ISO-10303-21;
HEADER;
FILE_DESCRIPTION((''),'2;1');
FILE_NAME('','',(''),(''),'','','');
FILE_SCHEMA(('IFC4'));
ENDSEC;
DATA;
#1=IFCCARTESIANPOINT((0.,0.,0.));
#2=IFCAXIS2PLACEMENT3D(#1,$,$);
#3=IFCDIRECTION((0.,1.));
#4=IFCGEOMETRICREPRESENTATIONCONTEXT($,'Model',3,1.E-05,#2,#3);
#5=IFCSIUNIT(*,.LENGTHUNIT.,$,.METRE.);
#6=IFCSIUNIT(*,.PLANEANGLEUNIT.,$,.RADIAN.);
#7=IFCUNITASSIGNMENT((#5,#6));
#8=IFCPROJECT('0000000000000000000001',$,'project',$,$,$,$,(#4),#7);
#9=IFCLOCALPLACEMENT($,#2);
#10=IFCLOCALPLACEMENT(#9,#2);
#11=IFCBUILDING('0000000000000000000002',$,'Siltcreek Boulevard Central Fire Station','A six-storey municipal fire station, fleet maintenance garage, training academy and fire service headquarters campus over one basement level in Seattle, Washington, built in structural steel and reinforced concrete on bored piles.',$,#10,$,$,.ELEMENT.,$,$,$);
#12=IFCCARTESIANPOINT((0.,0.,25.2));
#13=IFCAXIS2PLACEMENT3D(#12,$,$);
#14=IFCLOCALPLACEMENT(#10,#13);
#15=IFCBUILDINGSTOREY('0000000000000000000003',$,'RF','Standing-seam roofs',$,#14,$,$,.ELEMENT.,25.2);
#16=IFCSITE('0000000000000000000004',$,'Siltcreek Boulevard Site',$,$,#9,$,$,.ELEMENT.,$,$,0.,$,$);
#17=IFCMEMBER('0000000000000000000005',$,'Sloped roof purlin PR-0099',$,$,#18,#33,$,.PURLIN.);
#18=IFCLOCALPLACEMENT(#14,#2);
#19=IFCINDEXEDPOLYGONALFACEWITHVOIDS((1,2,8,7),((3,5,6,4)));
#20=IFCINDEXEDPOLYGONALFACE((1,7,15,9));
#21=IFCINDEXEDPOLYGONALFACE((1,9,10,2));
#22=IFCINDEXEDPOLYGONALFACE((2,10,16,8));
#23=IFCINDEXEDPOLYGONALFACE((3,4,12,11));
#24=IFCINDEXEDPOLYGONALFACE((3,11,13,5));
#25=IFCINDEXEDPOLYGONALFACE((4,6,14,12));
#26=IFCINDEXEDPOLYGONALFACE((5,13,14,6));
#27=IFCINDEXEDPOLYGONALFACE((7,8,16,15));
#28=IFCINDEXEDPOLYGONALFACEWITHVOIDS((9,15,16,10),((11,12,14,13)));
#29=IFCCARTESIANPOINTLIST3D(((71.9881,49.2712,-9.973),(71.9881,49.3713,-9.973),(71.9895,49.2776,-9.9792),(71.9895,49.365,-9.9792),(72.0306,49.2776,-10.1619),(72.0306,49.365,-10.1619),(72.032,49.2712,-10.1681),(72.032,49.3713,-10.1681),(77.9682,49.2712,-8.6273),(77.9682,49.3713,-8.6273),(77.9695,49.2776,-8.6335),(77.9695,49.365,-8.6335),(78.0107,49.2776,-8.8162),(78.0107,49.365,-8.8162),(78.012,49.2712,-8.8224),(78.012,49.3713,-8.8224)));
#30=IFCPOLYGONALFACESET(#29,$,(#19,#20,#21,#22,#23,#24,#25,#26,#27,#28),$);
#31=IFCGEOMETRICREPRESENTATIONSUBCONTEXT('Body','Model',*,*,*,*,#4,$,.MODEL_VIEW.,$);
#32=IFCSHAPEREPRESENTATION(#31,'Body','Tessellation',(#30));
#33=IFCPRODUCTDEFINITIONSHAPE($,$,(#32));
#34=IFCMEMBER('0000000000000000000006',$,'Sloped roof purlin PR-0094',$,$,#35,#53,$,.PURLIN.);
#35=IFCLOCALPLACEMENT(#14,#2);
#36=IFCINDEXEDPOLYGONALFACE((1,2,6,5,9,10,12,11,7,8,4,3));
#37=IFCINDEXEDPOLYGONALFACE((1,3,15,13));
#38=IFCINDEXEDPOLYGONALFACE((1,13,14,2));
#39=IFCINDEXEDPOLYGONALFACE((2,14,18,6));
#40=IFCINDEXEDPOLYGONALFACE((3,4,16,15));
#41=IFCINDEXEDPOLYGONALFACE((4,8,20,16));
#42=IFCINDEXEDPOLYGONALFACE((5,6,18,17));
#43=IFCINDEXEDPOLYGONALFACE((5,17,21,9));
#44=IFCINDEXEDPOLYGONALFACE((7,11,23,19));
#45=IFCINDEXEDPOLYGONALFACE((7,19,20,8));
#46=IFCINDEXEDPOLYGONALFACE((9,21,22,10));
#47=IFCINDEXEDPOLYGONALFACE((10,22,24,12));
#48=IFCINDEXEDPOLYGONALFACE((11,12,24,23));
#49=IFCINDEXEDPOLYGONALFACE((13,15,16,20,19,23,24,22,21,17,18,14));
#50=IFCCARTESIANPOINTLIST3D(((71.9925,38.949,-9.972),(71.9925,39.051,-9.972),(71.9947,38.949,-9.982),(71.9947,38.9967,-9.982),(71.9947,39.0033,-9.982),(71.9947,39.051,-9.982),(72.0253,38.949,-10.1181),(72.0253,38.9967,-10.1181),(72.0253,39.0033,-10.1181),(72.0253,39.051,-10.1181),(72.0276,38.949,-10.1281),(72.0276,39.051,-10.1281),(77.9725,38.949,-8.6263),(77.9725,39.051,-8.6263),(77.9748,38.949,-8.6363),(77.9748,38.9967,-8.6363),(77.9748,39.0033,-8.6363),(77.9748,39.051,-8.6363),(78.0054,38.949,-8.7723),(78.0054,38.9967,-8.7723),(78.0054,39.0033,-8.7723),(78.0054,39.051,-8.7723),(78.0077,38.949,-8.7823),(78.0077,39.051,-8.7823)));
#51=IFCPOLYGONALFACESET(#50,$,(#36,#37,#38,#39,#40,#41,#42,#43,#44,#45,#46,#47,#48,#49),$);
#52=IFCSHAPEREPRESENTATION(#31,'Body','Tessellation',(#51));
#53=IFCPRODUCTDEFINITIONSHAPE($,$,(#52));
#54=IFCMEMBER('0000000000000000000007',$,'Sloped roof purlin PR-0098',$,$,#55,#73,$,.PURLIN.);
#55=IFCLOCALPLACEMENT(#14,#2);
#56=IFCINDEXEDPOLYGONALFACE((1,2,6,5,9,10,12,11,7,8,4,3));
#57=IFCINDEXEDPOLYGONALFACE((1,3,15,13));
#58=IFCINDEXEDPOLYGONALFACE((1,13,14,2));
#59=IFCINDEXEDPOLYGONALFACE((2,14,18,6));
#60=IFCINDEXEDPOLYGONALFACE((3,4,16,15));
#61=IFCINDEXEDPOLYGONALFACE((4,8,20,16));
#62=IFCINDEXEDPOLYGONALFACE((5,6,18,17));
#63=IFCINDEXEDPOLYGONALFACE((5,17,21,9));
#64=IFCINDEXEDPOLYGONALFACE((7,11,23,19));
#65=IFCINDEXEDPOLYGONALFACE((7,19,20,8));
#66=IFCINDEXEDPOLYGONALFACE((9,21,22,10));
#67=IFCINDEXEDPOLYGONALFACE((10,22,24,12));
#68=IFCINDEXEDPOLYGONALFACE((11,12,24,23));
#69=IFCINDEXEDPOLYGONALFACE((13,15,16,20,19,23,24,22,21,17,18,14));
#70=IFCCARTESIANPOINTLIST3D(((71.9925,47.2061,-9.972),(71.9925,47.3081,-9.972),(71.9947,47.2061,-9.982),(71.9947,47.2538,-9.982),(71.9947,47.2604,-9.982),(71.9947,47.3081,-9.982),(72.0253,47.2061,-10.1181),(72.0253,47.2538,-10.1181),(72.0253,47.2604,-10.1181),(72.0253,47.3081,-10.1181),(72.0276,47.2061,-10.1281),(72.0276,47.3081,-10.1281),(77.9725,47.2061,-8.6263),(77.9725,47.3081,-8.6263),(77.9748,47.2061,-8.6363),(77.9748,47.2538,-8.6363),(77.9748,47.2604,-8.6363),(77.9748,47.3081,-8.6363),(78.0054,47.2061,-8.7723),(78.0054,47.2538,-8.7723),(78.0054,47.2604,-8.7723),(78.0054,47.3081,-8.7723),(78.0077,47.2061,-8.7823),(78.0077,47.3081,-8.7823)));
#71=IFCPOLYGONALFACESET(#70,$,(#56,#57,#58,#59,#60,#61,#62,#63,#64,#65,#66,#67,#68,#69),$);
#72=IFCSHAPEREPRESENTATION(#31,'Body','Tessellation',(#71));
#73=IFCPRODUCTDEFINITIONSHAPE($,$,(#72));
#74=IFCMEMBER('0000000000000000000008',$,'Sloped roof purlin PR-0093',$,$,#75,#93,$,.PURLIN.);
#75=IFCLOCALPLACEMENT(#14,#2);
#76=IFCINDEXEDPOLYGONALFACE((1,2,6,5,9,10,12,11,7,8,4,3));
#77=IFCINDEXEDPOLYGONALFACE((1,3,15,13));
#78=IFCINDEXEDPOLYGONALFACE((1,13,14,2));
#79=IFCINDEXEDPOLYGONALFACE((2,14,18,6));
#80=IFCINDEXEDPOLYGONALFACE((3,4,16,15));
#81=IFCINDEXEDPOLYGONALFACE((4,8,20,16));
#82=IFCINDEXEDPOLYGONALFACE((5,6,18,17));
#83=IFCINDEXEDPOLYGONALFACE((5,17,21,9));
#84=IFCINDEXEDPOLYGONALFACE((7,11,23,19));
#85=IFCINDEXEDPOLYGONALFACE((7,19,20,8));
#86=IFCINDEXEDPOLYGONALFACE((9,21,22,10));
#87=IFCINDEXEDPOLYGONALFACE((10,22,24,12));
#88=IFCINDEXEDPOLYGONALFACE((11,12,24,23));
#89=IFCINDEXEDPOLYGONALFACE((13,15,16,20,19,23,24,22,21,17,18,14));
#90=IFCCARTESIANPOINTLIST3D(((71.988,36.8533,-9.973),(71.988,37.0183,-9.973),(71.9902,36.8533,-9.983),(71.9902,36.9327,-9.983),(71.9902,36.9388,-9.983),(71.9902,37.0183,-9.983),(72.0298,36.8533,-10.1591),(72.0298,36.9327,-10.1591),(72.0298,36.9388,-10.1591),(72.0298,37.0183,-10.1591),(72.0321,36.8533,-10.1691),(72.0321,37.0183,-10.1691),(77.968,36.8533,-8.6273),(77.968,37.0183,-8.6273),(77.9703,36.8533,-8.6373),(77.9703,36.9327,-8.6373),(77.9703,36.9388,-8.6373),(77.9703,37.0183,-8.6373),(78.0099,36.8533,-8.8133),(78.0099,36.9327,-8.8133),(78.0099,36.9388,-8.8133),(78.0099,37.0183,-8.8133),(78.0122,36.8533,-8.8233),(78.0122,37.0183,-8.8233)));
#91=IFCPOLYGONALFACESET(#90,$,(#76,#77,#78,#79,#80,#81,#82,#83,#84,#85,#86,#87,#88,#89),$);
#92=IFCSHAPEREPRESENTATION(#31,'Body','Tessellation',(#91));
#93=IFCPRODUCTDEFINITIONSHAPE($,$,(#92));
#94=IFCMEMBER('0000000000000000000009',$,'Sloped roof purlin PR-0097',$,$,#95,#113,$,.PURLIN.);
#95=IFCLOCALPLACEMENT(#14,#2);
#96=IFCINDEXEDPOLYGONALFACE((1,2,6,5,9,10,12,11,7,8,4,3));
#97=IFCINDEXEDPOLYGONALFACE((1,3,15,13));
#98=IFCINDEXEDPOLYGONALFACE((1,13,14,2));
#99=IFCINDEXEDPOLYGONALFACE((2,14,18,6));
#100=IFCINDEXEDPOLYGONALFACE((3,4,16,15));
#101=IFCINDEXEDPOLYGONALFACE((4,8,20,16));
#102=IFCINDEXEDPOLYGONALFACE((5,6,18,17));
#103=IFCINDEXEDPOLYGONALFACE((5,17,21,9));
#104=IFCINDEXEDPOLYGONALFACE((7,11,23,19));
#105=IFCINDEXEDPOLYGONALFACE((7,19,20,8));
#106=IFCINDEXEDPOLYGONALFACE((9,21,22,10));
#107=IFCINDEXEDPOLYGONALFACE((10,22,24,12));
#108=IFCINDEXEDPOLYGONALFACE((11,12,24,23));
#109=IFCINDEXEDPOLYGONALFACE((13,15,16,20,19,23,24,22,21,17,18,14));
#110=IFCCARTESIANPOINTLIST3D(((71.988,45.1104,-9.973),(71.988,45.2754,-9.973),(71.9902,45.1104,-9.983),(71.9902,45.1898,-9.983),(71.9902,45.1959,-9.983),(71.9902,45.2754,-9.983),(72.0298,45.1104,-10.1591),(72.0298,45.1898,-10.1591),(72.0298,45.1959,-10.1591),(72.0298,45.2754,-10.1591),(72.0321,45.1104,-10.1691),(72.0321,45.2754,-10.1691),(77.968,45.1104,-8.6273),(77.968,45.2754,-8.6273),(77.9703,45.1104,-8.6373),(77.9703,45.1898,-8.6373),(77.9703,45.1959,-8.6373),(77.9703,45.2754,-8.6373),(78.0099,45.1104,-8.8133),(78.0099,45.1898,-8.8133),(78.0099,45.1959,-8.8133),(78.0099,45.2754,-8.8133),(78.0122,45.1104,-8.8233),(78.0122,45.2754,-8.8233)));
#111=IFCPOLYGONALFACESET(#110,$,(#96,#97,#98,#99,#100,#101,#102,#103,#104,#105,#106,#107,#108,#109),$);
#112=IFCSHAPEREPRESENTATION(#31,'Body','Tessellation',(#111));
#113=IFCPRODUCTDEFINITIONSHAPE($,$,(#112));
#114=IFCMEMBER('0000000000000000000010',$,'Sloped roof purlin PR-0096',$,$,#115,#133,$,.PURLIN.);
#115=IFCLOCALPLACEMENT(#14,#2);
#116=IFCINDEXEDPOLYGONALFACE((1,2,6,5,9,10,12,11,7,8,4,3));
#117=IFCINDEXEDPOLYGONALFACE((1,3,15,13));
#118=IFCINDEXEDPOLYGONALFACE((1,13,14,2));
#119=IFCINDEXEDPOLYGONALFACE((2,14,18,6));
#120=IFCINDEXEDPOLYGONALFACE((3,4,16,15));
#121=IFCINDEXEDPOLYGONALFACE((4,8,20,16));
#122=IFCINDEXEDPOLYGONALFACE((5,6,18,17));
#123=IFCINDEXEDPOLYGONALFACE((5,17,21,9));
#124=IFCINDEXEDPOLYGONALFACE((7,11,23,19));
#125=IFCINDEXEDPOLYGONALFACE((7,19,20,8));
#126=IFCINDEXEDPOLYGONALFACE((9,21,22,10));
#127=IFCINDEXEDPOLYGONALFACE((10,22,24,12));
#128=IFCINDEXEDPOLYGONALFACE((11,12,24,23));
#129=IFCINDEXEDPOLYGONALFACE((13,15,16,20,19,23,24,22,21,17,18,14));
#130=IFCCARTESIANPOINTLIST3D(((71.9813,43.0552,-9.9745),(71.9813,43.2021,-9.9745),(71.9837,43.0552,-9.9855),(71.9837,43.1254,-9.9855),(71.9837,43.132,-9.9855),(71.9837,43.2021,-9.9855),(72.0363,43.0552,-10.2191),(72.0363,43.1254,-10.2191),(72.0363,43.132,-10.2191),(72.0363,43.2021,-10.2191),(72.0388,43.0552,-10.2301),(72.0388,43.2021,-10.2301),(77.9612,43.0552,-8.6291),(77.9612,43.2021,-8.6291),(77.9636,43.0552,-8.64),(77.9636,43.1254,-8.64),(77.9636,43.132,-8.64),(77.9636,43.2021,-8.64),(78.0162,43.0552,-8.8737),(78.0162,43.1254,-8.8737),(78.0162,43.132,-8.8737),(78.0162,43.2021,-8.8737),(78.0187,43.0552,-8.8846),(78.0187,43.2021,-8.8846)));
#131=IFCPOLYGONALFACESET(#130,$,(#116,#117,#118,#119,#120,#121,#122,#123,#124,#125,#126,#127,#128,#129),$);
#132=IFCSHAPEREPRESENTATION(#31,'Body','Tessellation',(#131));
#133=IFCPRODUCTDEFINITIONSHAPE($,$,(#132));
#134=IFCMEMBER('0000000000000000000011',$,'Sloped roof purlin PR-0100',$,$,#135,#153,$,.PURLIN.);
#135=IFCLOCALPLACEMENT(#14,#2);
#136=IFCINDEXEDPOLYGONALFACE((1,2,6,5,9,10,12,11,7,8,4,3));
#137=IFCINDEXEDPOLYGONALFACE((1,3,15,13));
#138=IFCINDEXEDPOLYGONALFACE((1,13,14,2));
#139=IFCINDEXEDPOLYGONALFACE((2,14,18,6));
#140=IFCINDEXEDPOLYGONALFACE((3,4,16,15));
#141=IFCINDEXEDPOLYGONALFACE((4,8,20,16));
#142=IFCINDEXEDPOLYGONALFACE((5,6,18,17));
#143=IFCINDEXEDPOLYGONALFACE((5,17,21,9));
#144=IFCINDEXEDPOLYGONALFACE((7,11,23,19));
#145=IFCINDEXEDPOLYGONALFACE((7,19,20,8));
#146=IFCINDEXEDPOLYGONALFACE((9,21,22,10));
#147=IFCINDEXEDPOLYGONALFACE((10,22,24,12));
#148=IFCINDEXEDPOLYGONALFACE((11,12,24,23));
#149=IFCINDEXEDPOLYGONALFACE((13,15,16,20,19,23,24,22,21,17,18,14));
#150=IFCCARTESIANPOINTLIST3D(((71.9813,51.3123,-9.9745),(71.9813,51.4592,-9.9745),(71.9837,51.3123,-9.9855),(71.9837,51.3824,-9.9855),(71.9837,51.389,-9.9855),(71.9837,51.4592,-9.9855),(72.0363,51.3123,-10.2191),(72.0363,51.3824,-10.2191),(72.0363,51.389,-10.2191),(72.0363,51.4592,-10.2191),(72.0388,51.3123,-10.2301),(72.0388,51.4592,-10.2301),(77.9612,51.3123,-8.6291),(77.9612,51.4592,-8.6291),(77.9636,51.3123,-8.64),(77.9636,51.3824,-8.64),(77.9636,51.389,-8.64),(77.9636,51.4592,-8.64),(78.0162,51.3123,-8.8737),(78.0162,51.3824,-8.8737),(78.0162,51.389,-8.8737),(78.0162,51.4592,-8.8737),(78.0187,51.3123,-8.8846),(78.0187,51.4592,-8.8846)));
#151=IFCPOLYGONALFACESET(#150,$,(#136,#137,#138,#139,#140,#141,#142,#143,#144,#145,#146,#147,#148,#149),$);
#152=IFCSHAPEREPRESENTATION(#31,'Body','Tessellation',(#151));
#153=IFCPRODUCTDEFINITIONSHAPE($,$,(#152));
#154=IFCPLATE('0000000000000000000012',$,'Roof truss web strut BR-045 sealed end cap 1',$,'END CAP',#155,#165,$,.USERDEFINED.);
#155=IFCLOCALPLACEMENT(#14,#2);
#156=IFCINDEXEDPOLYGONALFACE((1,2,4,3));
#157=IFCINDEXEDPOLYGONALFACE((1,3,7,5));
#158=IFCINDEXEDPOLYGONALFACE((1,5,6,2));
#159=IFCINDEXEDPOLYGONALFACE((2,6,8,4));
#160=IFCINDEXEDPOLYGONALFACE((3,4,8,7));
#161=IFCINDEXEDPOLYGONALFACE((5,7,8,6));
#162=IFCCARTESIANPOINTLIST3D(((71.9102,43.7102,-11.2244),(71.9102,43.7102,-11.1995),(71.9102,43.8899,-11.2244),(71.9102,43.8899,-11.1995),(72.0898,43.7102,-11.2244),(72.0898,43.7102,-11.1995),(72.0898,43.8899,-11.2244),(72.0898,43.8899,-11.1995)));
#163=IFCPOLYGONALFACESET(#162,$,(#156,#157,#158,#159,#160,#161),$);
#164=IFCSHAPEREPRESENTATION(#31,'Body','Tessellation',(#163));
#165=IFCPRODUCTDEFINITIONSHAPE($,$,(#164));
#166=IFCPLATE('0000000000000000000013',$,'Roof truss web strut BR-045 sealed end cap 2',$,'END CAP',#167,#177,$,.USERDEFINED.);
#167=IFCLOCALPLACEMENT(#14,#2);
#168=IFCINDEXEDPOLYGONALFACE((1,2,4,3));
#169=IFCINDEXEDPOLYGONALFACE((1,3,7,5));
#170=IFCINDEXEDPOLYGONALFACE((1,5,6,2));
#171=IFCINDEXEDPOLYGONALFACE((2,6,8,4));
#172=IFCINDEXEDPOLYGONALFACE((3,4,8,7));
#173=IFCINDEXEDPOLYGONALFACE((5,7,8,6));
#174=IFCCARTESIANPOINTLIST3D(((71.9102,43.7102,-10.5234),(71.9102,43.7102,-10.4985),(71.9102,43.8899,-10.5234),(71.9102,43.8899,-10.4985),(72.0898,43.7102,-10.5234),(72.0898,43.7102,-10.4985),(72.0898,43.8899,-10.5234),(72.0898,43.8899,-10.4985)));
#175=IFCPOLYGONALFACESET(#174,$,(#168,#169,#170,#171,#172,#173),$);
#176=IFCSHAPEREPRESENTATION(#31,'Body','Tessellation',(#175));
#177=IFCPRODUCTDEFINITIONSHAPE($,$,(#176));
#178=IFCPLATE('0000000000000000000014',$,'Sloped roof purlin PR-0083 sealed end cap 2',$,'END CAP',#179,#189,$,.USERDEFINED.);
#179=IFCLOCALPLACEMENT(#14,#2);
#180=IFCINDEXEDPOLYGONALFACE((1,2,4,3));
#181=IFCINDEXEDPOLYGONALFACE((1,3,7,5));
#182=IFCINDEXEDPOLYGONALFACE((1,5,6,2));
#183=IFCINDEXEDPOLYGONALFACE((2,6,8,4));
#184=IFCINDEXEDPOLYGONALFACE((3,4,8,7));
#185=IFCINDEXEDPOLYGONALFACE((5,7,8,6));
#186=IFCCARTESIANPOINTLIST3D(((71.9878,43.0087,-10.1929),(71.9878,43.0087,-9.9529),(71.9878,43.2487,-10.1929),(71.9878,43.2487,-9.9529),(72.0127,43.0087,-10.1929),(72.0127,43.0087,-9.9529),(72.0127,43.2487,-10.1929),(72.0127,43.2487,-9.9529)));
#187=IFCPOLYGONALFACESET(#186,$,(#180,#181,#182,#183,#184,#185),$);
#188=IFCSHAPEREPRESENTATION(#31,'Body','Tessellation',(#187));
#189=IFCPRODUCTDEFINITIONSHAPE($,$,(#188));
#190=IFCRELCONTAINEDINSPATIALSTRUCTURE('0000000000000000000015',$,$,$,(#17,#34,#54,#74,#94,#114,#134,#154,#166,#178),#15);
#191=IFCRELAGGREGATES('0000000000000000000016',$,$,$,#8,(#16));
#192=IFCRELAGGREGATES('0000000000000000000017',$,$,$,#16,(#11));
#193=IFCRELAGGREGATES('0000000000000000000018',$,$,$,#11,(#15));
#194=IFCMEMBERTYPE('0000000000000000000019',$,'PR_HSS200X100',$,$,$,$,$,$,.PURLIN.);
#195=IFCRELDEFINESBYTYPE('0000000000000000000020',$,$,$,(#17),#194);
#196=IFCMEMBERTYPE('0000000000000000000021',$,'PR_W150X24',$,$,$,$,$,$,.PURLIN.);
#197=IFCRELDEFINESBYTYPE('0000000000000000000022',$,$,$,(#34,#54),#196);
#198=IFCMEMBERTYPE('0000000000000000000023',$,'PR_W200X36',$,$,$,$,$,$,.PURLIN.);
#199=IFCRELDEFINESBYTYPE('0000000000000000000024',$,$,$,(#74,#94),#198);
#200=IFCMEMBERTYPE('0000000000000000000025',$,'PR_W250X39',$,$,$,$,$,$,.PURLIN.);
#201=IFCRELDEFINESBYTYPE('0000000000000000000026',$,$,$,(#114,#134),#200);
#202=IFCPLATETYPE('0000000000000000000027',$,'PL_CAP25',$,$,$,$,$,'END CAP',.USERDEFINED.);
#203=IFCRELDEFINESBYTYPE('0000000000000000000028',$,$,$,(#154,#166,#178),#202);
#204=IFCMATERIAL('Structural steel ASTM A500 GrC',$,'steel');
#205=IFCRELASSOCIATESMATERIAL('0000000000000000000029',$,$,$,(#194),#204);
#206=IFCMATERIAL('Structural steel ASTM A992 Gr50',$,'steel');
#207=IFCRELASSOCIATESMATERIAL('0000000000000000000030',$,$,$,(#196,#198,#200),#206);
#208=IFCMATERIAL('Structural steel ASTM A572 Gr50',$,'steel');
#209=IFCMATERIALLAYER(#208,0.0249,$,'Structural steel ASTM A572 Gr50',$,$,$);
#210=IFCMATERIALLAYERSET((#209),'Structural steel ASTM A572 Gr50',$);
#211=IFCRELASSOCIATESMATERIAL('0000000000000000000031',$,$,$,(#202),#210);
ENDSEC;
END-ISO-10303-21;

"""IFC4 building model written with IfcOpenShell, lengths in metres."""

from ifc_helpers import new_model, si_unit, direction, frame, origin, origin_2d, place, context, subcontext, project, spatial, rectangle, hollow_rectangle, i_section, extrude, material, layer, layer_set, material_profile, profile_set, type_object, element, save


model = new_model("IFC4")

# Units and contexts
model_context = context("Model", 3, precision=1e-05, world=origin(), true_north=direction((0.0, 1.0)))
body_context = subcontext(model_context, "Body", "Model", "MODEL_VIEW")
ifc_project = project(units=[si_unit("LENGTHUNIT", "METRE"), si_unit("PLANEANGLEUNIT", "RADIAN")], contexts=[model_context])

# Site, building, storey
site_placement = place(None, origin())
site = spatial("IfcSite", under=ifc_project, at=site_placement, Name="Siltcreek Boulevard Site", CompositionType="ELEMENT", RefElevation=0.0)
building_placement = place(site_placement, origin())
building = spatial("IfcBuilding", under=site, at=building_placement, Name="Siltcreek Boulevard Central Fire Station", Description="A six-storey municipal fire station, fleet maintenance garage, training academy and fire service headquarters campus over one basement level in Seattle, Washington, built in structural steel and reinforced concrete on bored piles.", CompositionType="ELEMENT")
storey_placement = place(building_placement, frame((0.0, 0.0, 25.2)))
storey = spatial("IfcBuildingStorey", under=building, at=storey_placement, Name="RF", Description="Standing-seam roofs", CompositionType="ELEMENT", Elevation=25.2)

# Members
ifc_material_1 = material(Name="Structural steel ASTM A500 GrC", Category="steel")
ifc_material_2 = material(Name="Structural steel ASTM A992 Gr50", Category="steel")
ifc_material_profile_1 = material_profile(ifc_material_1, hollow_rectangle(XDim=0.1001, YDim=0.2, WallThickness=0.0063, at=origin_2d()), Name="HSS200X100X6.4")
ifc_profile_set_1 = profile_set([ifc_material_profile_1], Name="Structural steel ASTM A500 GrC")
member_type_1 = type_object("IfcMemberType", Name="PR_HSS200X100", PredefinedType="PURLIN", material=ifc_profile_set_1)
for number, where, z_axis, x_axis, name in (
    (1, (72.01, 49.3213, -10.0706), (0.975603, 0.0, 0.219544), (0.0, 1.0, 0.0), "Sloped roof purlin PR-0099"),
):
    element("IfcMember", number, at=place(storey_placement, frame(where, z_axis=z_axis, x_axis=x_axis)), inside=storey, type_object=member_type_1, Name=name, PredefinedType="PURLIN", context=body_context, shape_type="SweptSolid", body=[
        extrude(hollow_rectangle(XDim=0.1001, YDim=0.2, WallThickness=0.0063, at=origin_2d()), origin(), (0.0, 0.0, 1.0), 6.1296),
    ])
ifc_material_profile_2 = material_profile(ifc_material_2, i_section(OverallWidth=0.1021, OverallDepth=0.1599, WebThickness=0.0066, FlangeThickness=0.0103, at=origin_2d()), Name="W150X24")
ifc_profile_set_2 = profile_set([ifc_material_profile_2], Name="Structural steel ASTM A992 Gr50")
member_type_2 = type_object("IfcMemberType", Name="PR_W150X24", PredefinedType="PURLIN", material=ifc_profile_set_2)
for number, where, z_axis, x_axis, name in (
    (2, (72.01, 39.0, -10.05), (0.975603, 0.0, 0.219544), (0.0, 1.0, 0.0), "Sloped roof purlin PR-0094"),
    (3, (72.01, 47.2571, -10.05), (0.975603, 0.0, 0.219544), (0.0, 1.0, 0.0), "Sloped roof purlin PR-0098"),
):
    element("IfcMember", number, at=place(storey_placement, frame(where, z_axis=z_axis, x_axis=x_axis)), inside=storey, type_object=member_type_2, Name=name, PredefinedType="PURLIN", context=body_context, shape_type="SweptSolid", body=[
        extrude(i_section(OverallWidth=0.1021, OverallDepth=0.1599, WebThickness=0.0066, FlangeThickness=0.0103, at=origin_2d()), origin(), (0.0, 0.0, 1.0), 6.1296),
    ])
ifc_material_profile_3 = material_profile(ifc_material_2, i_section(OverallWidth=0.165, OverallDepth=0.2009, WebThickness=0.0061, FlangeThickness=0.0103, at=origin_2d()), Name="W200X36")
ifc_profile_set_3 = profile_set([ifc_material_profile_3], Name="Structural steel ASTM A992 Gr50")
member_type_3 = type_object("IfcMemberType", Name="PR_W200X36", PredefinedType="PURLIN", material=ifc_profile_set_3)
for number, where, z_axis, x_axis, name in (
    (4, (72.01, 36.9358, -10.071), (0.975603, 0.0, 0.219544), (0.0, 1.0, 0.0), "Sloped roof purlin PR-0093"),
    (5, (72.01, 45.1929, -10.071), (0.975603, 0.0, 0.219544), (0.0, 1.0, 0.0), "Sloped roof purlin PR-0097"),
):
    element("IfcMember", number, at=place(storey_placement, frame(where, z_axis=z_axis, x_axis=x_axis)), inside=storey, type_object=member_type_3, Name=name, PredefinedType="PURLIN", context=body_context, shape_type="SweptSolid", body=[
        extrude(i_section(OverallWidth=0.165, OverallDepth=0.2009, WebThickness=0.0061, FlangeThickness=0.0103, at=origin_2d()), origin(), (0.0, 0.0, 1.0), 6.1296),
    ])
ifc_material_profile_4 = material_profile(ifc_material_2, i_section(OverallWidth=0.147, OverallDepth=0.262, WebThickness=0.0066, FlangeThickness=0.0112, at=origin_2d()), Name="W250X39")
ifc_profile_set_4 = profile_set([ifc_material_profile_4], Name="Structural steel ASTM A992 Gr50")
member_type_4 = type_object("IfcMemberType", Name="PR_W250X39", PredefinedType="PURLIN", material=ifc_profile_set_4)
for number, where, z_axis, x_axis, name in (
    (6, (72.01, 43.1287, -10.1023), (0.975611, 0.0, 0.219507), (0.0, 1.0, 0.0), "Sloped roof purlin PR-0096"),
    (7, (72.01, 51.3857, -10.1023), (0.975611, 0.0, 0.219507), (0.0, 1.0, 0.0), "Sloped roof purlin PR-0100"),
):
    element("IfcMember", number, at=place(storey_placement, frame(where, z_axis=z_axis, x_axis=x_axis)), inside=storey, type_object=member_type_4, Name=name, PredefinedType="PURLIN", context=body_context, shape_type="SweptSolid", body=[
        extrude(i_section(OverallWidth=0.147, OverallDepth=0.262, WebThickness=0.0066, FlangeThickness=0.0112, at=origin_2d()), origin(), (0.0, 0.0, 1.0), 6.1294),
    ])

# Plates
ifc_material_3 = material(Name="Structural steel ASTM A572 Gr50", Category="steel")
ifc_layer = layer(ifc_material_3, 0.0249, Name="Structural steel ASTM A572 Gr50")
ifc_layer_set = layer_set([ifc_layer], Name="Structural steel ASTM A572 Gr50")
plate_type = type_object("IfcPlateType", Name="PL_CAP25", ElementType="END CAP", PredefinedType="USERDEFINED", material=ifc_layer_set)
for number, where, z_axis, x_axis, name in (
    (8, (72.0, 43.8, -11.2244), (0.0, 0.0, 1.0), (1.0, 0.0, 0.0), "Roof truss web strut BR-045 sealed end cap 1"),
    (9, (72.0, 43.8, -10.5234), (0.0, 0.0, 1.0), (1.0, 0.0, 0.0), "Roof truss web strut BR-045 sealed end cap 2"),
):
    element("IfcPlate", number, at=place(storey_placement, frame(where, z_axis=z_axis, x_axis=x_axis)), inside=storey, type_object=plate_type, Name=name, ObjectType="END CAP", PredefinedType="USERDEFINED", context=body_context, shape_type="SweptSolid", body=[
        extrude(rectangle(XDim=0.1797, YDim=0.1797, at=origin_2d()), origin(), (0.0, 0.0, 1.0), 0.0249),
    ])
for number, where, z_axis, x_axis, name in (
    (10, (72.0002, 43.1287, -10.1929), (0.0, 0.0, 1.0), (1.0, 0.0, 0.0), "Sloped roof purlin PR-0083 sealed end cap 2"),
):
    element("IfcPlate", number, at=place(storey_placement, frame(where, z_axis=z_axis, x_axis=x_axis)), inside=storey, type_object=plate_type, Name=name, ObjectType="END CAP", PredefinedType="USERDEFINED", context=body_context, shape_type="SweptSolid", body=[
        extrude(rectangle(XDim=0.0249, YDim=0.24, at=origin_2d()), origin(), (0.0, 0.0, 1.0), 0.24),
    ])

save(model, "model.ifc")
